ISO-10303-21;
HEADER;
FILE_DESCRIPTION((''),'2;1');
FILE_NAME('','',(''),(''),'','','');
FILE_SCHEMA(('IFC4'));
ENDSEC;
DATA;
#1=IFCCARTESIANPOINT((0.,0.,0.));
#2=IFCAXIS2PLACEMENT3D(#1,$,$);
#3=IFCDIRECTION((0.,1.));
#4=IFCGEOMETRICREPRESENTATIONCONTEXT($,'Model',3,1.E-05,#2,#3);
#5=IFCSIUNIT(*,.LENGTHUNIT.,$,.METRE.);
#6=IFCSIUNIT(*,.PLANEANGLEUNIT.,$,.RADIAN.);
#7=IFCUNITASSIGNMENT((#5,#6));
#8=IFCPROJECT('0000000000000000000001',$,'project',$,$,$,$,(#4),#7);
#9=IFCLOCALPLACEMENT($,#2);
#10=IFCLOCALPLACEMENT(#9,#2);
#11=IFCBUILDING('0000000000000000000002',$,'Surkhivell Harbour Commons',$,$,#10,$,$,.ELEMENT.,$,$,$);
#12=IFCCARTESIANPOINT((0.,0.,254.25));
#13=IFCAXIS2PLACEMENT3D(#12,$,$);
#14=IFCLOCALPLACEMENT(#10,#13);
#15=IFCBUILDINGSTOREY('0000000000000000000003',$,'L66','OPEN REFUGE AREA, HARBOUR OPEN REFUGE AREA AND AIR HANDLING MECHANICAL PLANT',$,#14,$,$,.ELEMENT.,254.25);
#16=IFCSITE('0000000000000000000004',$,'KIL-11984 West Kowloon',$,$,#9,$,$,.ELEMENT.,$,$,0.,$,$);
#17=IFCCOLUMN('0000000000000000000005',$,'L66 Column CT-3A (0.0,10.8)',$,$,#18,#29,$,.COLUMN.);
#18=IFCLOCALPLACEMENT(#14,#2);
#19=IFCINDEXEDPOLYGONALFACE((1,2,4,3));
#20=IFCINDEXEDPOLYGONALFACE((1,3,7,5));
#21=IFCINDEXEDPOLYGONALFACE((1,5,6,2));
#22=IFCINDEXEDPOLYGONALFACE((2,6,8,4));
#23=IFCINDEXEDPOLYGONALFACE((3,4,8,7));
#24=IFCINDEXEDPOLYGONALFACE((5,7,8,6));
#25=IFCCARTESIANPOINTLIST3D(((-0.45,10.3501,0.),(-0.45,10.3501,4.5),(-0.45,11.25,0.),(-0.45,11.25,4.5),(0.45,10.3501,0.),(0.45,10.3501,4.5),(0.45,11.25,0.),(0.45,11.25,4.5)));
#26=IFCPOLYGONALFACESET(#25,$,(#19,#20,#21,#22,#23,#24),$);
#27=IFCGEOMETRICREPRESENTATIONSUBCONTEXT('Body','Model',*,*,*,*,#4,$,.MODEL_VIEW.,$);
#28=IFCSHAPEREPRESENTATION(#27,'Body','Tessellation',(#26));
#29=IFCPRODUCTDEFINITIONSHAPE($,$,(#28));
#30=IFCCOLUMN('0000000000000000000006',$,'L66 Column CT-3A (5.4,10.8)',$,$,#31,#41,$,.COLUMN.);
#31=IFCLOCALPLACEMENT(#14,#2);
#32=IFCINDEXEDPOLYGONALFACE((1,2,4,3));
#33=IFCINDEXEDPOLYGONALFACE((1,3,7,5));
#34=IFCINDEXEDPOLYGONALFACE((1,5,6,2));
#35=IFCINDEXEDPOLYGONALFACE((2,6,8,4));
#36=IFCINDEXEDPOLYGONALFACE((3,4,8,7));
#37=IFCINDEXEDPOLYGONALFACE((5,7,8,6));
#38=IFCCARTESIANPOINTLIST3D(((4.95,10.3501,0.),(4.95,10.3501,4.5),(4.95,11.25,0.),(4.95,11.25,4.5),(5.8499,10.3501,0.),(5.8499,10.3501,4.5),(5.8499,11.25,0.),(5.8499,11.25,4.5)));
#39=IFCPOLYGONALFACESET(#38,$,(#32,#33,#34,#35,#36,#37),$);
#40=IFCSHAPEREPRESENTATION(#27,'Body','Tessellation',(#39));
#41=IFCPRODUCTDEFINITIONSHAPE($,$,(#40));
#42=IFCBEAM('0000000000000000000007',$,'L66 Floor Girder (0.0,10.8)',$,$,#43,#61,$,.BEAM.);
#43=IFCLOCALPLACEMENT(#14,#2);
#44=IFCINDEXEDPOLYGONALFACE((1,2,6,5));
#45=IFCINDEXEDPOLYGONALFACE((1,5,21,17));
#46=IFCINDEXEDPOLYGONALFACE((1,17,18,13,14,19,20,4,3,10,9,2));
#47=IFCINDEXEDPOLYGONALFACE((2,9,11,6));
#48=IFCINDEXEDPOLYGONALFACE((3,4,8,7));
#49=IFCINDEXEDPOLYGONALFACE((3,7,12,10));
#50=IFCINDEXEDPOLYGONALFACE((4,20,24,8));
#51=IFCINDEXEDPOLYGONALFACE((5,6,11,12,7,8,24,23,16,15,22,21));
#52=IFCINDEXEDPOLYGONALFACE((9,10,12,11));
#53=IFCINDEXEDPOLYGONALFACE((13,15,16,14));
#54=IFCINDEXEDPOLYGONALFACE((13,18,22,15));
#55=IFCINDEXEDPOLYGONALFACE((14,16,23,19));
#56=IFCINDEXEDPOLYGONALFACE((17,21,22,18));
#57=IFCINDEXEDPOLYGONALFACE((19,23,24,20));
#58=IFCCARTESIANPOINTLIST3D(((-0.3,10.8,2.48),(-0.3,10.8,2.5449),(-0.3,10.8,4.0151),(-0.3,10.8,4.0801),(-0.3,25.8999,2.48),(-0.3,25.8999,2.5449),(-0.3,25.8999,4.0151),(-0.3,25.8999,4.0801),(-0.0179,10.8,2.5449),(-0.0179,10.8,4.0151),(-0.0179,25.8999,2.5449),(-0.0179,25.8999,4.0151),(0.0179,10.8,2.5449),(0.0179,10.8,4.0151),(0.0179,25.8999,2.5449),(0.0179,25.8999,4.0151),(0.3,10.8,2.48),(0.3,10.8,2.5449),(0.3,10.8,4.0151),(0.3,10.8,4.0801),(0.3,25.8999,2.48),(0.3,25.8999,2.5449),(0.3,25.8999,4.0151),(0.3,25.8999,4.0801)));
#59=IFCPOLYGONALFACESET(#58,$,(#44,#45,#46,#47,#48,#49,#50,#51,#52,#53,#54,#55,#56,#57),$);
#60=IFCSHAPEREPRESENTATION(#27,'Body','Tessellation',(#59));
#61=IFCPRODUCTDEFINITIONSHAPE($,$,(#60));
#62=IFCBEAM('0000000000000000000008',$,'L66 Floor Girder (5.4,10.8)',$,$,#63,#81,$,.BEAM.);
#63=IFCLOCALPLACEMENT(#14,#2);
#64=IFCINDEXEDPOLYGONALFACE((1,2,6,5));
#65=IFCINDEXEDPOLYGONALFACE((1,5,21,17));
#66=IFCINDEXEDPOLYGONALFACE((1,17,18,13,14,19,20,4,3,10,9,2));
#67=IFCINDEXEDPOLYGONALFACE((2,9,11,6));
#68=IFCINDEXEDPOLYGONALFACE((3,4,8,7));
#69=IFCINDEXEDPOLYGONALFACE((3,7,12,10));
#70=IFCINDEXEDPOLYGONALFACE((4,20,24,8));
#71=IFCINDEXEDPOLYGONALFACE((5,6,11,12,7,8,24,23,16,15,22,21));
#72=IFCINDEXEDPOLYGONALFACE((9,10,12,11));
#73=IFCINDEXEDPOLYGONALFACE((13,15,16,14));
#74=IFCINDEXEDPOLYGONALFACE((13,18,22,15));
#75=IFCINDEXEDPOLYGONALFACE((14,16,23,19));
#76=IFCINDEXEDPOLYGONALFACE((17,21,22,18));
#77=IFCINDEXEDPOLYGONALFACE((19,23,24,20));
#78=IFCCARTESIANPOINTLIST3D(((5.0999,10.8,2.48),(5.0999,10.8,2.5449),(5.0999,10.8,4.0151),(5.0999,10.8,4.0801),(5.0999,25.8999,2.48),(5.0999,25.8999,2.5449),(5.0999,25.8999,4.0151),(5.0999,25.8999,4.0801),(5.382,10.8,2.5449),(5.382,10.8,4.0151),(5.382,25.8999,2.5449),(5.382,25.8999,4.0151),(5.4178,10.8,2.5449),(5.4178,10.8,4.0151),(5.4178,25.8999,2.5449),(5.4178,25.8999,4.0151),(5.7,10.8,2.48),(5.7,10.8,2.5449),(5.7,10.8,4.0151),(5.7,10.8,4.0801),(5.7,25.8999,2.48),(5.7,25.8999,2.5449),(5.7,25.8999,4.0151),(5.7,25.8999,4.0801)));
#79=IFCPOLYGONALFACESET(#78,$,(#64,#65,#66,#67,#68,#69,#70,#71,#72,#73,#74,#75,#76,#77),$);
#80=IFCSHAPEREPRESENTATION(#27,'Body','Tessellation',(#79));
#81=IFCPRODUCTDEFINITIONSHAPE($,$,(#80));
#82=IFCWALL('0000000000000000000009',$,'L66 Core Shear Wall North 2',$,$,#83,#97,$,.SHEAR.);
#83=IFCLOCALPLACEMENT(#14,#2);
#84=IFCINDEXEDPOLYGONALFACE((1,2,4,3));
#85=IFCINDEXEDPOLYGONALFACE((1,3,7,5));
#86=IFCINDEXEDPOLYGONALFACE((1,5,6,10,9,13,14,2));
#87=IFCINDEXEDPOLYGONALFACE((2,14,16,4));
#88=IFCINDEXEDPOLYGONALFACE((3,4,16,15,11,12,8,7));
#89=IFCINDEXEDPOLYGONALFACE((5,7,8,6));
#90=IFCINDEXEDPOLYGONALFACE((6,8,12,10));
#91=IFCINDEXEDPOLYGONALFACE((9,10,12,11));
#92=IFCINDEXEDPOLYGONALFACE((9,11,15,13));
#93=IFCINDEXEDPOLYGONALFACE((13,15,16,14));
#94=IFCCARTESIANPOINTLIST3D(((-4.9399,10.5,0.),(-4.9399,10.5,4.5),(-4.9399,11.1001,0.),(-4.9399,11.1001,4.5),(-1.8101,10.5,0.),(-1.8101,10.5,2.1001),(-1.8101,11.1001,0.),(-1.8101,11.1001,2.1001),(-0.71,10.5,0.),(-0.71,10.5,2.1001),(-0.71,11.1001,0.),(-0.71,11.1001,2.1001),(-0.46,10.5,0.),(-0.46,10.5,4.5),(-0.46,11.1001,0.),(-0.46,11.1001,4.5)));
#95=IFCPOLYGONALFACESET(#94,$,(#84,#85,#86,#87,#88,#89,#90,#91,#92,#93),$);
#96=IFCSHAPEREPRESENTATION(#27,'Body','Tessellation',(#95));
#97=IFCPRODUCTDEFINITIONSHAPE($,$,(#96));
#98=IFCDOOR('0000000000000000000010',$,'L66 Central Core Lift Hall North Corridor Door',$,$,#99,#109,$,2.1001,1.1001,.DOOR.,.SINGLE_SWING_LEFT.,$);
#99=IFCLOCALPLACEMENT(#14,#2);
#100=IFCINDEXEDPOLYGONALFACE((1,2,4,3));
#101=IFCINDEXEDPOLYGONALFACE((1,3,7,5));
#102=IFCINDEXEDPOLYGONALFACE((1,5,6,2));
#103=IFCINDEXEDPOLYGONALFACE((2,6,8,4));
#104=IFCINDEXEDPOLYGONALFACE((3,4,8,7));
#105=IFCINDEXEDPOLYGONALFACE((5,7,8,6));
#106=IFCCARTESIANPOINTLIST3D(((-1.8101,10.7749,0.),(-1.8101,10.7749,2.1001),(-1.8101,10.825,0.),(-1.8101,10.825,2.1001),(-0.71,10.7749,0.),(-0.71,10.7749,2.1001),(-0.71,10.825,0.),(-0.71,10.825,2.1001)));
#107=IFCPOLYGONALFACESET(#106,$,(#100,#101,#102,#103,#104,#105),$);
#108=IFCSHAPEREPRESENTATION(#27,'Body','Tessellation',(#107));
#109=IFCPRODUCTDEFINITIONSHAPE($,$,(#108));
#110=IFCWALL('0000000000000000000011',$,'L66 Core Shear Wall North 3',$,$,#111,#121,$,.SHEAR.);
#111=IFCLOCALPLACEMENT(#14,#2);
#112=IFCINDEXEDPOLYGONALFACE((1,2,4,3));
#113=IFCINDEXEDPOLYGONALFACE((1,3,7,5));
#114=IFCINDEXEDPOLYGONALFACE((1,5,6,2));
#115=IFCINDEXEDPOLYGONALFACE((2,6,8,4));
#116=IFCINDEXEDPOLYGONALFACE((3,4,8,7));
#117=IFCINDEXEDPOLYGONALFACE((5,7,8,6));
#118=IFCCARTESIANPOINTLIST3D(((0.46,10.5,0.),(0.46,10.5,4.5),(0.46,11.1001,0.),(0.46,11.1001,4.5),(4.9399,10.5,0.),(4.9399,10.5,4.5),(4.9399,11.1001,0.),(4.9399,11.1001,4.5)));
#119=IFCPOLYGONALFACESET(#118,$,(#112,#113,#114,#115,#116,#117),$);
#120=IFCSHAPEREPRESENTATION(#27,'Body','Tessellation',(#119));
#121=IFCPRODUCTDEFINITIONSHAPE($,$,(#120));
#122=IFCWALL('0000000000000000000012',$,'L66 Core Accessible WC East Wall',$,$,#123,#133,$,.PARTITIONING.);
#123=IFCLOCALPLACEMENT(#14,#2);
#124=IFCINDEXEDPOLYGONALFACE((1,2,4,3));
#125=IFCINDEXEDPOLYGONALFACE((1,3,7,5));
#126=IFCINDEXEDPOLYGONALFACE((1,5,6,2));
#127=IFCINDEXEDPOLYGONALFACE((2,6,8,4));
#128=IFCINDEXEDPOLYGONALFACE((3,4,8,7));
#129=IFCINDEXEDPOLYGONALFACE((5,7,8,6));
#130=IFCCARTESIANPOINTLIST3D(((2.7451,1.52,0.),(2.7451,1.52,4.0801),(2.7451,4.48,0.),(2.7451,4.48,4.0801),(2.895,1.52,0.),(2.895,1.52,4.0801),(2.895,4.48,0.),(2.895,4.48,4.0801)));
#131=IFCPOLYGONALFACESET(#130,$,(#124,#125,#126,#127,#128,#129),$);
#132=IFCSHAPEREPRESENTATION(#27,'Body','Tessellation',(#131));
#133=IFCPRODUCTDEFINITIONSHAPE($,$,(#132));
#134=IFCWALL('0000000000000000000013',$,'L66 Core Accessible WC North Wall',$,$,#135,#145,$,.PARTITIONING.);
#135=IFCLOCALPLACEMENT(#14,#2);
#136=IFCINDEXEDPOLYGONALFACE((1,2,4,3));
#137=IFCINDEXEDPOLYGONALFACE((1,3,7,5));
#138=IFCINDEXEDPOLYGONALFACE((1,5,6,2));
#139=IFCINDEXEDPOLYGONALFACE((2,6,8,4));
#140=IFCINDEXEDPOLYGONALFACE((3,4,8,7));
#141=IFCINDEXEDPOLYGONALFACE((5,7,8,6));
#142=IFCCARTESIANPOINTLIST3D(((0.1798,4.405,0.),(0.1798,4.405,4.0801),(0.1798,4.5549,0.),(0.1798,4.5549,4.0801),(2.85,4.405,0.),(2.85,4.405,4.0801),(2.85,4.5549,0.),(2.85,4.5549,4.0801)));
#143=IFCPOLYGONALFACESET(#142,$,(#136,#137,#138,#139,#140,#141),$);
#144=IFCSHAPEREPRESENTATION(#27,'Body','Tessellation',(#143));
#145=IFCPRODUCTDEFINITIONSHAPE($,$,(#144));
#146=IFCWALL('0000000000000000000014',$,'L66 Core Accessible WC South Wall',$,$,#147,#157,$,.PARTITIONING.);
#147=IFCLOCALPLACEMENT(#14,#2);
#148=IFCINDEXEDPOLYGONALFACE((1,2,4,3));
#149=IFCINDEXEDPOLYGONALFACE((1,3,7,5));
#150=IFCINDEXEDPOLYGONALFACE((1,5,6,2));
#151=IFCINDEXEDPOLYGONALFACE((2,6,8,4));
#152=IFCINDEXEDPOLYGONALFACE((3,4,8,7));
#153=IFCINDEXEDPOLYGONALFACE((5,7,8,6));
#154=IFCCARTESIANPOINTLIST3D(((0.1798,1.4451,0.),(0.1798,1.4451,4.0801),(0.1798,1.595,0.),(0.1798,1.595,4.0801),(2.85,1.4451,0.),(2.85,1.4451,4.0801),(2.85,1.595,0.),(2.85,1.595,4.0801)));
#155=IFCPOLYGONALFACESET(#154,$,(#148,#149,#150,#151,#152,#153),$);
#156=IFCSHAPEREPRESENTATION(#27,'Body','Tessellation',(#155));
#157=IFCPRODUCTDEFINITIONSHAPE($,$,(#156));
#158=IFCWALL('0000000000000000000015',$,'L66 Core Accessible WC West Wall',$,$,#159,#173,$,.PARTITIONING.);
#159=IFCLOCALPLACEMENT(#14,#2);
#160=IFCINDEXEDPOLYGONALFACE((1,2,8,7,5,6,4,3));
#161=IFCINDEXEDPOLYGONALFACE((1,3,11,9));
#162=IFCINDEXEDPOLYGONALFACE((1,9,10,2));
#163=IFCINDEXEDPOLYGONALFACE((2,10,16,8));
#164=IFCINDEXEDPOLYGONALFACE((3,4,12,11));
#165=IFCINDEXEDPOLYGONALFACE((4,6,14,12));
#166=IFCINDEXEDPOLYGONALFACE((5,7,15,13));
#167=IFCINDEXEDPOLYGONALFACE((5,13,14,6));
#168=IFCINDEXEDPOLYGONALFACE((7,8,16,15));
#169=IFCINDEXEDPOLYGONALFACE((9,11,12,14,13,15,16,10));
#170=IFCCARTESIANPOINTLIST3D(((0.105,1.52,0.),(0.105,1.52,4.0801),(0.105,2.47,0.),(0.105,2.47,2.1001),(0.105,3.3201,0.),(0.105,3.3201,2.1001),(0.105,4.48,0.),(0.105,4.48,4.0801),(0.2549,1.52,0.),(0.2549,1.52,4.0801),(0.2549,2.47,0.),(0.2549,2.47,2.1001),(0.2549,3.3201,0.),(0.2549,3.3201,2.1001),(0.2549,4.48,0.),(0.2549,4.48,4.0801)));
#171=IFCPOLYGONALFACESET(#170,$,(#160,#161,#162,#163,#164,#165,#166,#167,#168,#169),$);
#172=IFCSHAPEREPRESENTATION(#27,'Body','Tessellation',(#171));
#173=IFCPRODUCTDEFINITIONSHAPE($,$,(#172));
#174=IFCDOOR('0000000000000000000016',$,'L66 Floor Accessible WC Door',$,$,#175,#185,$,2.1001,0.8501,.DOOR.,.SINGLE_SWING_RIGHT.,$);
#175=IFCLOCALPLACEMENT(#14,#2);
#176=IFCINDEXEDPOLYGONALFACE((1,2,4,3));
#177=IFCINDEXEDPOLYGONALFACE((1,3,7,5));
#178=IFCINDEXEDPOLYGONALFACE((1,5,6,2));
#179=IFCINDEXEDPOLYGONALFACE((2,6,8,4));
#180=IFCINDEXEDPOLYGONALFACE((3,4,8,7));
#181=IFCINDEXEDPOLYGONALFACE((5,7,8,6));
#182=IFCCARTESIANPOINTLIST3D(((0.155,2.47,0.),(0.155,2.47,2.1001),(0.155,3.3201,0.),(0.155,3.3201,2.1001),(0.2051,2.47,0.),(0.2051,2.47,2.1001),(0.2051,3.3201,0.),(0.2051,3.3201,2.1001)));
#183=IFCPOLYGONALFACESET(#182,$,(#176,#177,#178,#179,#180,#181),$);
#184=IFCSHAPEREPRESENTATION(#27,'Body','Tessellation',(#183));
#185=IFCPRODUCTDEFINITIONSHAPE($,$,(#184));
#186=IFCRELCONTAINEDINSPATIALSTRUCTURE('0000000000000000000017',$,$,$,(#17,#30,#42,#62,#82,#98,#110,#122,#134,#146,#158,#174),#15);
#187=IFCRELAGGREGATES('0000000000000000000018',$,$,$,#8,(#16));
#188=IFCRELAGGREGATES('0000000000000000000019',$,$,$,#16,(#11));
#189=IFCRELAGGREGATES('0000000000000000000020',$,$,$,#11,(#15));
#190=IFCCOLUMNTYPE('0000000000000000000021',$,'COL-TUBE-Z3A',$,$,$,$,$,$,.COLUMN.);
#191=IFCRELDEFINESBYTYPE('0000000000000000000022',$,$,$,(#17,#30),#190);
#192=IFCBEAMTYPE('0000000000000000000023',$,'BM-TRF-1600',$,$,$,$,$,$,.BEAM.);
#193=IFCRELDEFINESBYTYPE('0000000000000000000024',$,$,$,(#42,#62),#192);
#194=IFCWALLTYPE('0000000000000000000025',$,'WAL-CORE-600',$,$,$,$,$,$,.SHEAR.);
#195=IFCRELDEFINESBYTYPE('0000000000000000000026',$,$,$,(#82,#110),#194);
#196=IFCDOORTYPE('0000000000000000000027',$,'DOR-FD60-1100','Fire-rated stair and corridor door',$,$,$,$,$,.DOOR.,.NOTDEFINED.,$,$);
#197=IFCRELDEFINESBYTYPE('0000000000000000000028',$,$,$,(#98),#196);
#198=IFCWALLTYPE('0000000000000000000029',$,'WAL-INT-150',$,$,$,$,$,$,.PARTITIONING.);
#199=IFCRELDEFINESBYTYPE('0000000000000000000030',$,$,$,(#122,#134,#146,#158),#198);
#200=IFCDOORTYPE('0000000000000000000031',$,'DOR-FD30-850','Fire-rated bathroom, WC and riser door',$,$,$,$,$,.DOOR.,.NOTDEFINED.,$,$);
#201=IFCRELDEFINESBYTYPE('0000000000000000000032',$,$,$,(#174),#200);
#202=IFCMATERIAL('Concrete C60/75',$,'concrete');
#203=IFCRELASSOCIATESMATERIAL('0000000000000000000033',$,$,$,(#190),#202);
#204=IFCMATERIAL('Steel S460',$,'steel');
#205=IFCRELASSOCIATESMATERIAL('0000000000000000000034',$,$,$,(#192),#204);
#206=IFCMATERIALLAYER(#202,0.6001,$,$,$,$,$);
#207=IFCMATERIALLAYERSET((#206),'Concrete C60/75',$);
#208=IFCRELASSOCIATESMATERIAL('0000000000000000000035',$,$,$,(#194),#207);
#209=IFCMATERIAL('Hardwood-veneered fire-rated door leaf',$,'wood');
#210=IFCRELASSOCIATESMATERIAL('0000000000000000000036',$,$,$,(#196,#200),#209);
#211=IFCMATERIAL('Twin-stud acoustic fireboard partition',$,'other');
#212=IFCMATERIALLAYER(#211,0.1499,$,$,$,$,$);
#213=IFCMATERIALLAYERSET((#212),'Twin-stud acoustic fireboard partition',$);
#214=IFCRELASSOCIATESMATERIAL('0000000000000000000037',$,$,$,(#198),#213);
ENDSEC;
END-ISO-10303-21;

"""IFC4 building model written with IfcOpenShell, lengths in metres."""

from ifc_helpers import new_model, si_unit, direction, frame, frame_2d, origin, origin_2d, place, context, subcontext, project, spatial, rectangle, i_section, extrude, material, layer, layer_set, material_profile, profile_set, type_object, element, fill, save


model = new_model("IFC4")

# Units and contexts
model_context = context("Model", 3, precision=1e-05, world=origin(), true_north=direction((0.0, 1.0)))
body_context = subcontext(model_context, "Body", "Model", "MODEL_VIEW")
ifc_project = project(units=[si_unit("LENGTHUNIT", "METRE"), si_unit("PLANEANGLEUNIT", "RADIAN")], contexts=[model_context])

# Site, building, storey
site_placement = place(None, origin())
site = spatial("IfcSite", under=ifc_project, at=site_placement, Name="KIL-11984 West Kowloon", CompositionType="ELEMENT", RefElevation=0.0)
building_placement = place(site_placement, origin())
building = spatial("IfcBuilding", under=site, at=building_placement, Name="Surkhivell Harbour Commons", CompositionType="ELEMENT")
storey_placement = place(building_placement, frame((0.0, 0.0, 254.25)))
storey = spatial("IfcBuildingStorey", under=building, at=storey_placement, Name="L66", Description="OPEN REFUGE AREA, HARBOUR OPEN REFUGE AREA AND AIR HANDLING MECHANICAL PLANT", CompositionType="ELEMENT", Elevation=254.25)

# Columns
ifc_material_1 = material(Name="Concrete C60/75", Category="concrete")
ifc_material_profile_1 = material_profile(ifc_material_1, rectangle(XDim=0.8999, YDim=0.8999, at=origin_2d()), Name="RC-COL-900x900")
ifc_profile_set_1 = profile_set([ifc_material_profile_1], Name="Concrete C60/75")
column_type = type_object("IfcColumnType", Name="COL-TUBE-Z3A", PredefinedType="COLUMN", material=ifc_profile_set_1)
for number, where, z_axis, x_axis, name in (
    (1, (0.0, 10.8, 0.0), (0.0, 0.0, 1.0), (1.0, 0.0, 0.0), "L66 Column CT-3A (0.0,10.8)"),
    (2, (5.3999, 10.8, 0.0), (0.0, 0.0, 1.0), (1.0, 0.0, 0.0), "L66 Column CT-3A (5.4,10.8)"),
):
    element("IfcColumn", number, at=place(storey_placement, frame(where, z_axis=z_axis, x_axis=x_axis)), inside=storey, type_object=column_type, Name=name, PredefinedType="COLUMN", context=body_context, shape_type="SweptSolid", body=[
        extrude(rectangle(XDim=0.8999, YDim=0.8999, at=origin_2d()), origin(), (0.0, 0.0, 1.0), 4.5),
    ])

# Beams
ifc_material_2 = material(Name="Steel S460", Category="steel")
ifc_material_profile_2 = material_profile(ifc_material_2, i_section(OverallWidth=0.6001, OverallDepth=1.6001, WebThickness=0.0359, FlangeThickness=0.0649, at=origin_2d()), Name="WPG1600x600x296")
ifc_profile_set_2 = profile_set([ifc_material_profile_2], Name="Steel S460")
beam_type = type_object("IfcBeamType", Name="BM-TRF-1600", PredefinedType="BEAM", material=ifc_profile_set_2)
for number, where, z_axis, x_axis, name in (
    (3, (0.0, 10.8, 3.28), (0.0, 1.0, 0.0), (-1.0, 0.0, 0.0), "L66 Floor Girder (0.0,10.8)"),
    (4, (5.3999, 10.8, 3.28), (0.0, 1.0, 0.0), (-1.0, 0.0, 0.0), "L66 Floor Girder (5.4,10.8)"),
):
    element("IfcBeam", number, at=place(storey_placement, frame(where, z_axis=z_axis, x_axis=x_axis)), inside=storey, type_object=beam_type, Name=name, PredefinedType="BEAM", context=body_context, shape_type="SweptSolid", body=[
        extrude(i_section(OverallWidth=0.6001, OverallDepth=1.6001, WebThickness=0.0359, FlangeThickness=0.0649, at=origin_2d()), origin(), (0.0, 0.0, 1.0), 15.0999),
    ])

# Wall, opening, door
ifc_layer_1 = layer(ifc_material_1, 0.6001)
ifc_layer_set_1 = layer_set([ifc_layer_1], Name="Concrete C60/75")
wall_type_1 = type_object("IfcWallType", Name="WAL-CORE-600", PredefinedType="SHEAR", material=ifc_layer_set_1)
wall_1_placement = place(storey_placement, frame((-4.9399, 10.8, 0.0), z_axis=(0.0, 0.0, 1.0), x_axis=(1.0, 0.0, 0.0)))
wall_1 = element("IfcWall", 5, at=wall_1_placement, inside=storey, type_object=wall_type_1, Name="L66 Core Shear Wall North 2", PredefinedType="SHEAR", context=body_context, shape_type="SweptSolid", body=[
    extrude(rectangle(XDim=4.48, YDim=0.6001, at=frame_2d((2.24, 0.0))), origin(), (0.0, 0.0, 1.0), 4.5),
])
opening_1_placement = place(wall_1_placement, frame((3.1299, 0.0, 0.0)))
opening_1 = element("IfcOpeningElement", 6, at=opening_1_placement, cuts=wall_1, PredefinedType="OPENING", context=body_context, shape_type="SweptSolid", body=[
    extrude(rectangle(XDim=1.1001, YDim=2.1001, at=frame_2d((0.55, 1.05))), frame((0.0, 0.3101, 0.0), z_axis=(0.0, -1.0, 0.0), x_axis=(1.0, 0.0, 0.0)), (0.0, 0.0, 1.0), 0.6201),
])
ifc_material_3 = material(Name="Hardwood-veneered fire-rated door leaf", Category="wood")
door_type_1 = type_object("IfcDoorType", Name="DOR-FD60-1100", Description="Fire-rated stair and corridor door", OperationType="NOTDEFINED", PredefinedType="DOOR", material=ifc_material_3)
door_1_placement = place(opening_1_placement, origin())
door_1 = element("IfcDoor", 7, at=door_1_placement, inside=storey, type_object=door_type_1, Name="L66 Central Core Lift Hall North Corridor Door", OperationType="SINGLE_SWING_LEFT", OverallHeight=2.1001, OverallWidth=1.1001, PredefinedType="DOOR", context=body_context, shape_type="SweptSolid", body=[
    extrude(rectangle(XDim=1.1001, YDim=2.1001, at=frame_2d((0.55, 1.05))), frame((0.0, 0.0249, 0.0), z_axis=(0.0, -1.0, 0.0), x_axis=(1.0, 0.0, 0.0)), (0.0, 0.0, 1.0), 0.05),
])
fill(opening_1, door_1)

# Walls
wall_2_placement = place(storey_placement, frame((0.46, 10.8, 0.0), z_axis=(0.0, 0.0, 1.0), x_axis=(1.0, 0.0, 0.0)))
element("IfcWall", 8, at=wall_2_placement, inside=storey, type_object=wall_type_1, Name="L66 Core Shear Wall North 3", PredefinedType="SHEAR", context=body_context, shape_type="SweptSolid", body=[
    extrude(rectangle(XDim=4.48, YDim=0.6001, at=frame_2d((2.24, 0.0))), origin(), (0.0, 0.0, 1.0), 4.5),
])
ifc_material_4 = material(Name="Twin-stud acoustic fireboard partition", Category="other")
ifc_layer_2 = layer(ifc_material_4, 0.1499)
ifc_layer_set_2 = layer_set([ifc_layer_2], Name="Twin-stud acoustic fireboard partition")
wall_type_2 = type_object("IfcWallType", Name="WAL-INT-150", PredefinedType="PARTITIONING", material=ifc_layer_set_2)
wall_3_placement = place(storey_placement, frame((2.8201, 1.52, 0.0), z_axis=(0.0, 0.0, 1.0), x_axis=(0.0, 1.0, 0.0)))
element("IfcWall", 9, at=wall_3_placement, inside=storey, type_object=wall_type_2, Name="L66 Core Accessible WC East Wall", PredefinedType="PARTITIONING", context=body_context, shape_type="SweptSolid", body=[
    extrude(rectangle(XDim=2.96, YDim=0.1499, at=frame_2d((1.48, 0.0))), origin(), (0.0, 0.0, 1.0), 4.0801),
])
for number, where, z_axis, x_axis, name in (
    (10, (0.1799, 4.48, 0.0), (0.0, 0.0, 1.0), (1.0, 0.0, 0.0), "L66 Core Accessible WC North Wall"),
    (11, (0.1799, 1.52, 0.0), (0.0, 0.0, 1.0), (1.0, 0.0, 0.0), "L66 Core Accessible WC South Wall"),
):
    element("IfcWall", number, at=place(storey_placement, frame(where, z_axis=z_axis, x_axis=x_axis)), inside=storey, type_object=wall_type_2, Name=name, PredefinedType="PARTITIONING", context=body_context, shape_type="SweptSolid", body=[
        extrude(rectangle(XDim=2.6702, YDim=0.1499, at=frame_2d((1.335, 0.0))), origin(), (0.0, 0.0, 1.0), 4.0801),
    ])

# Wall, opening, door
wall_4_placement = place(storey_placement, frame((0.1799, 1.52, 0.0), z_axis=(0.0, 0.0, 1.0), x_axis=(0.0, 1.0, 0.0)))
wall_4 = element("IfcWall", 12, at=wall_4_placement, inside=storey, type_object=wall_type_2, Name="L66 Core Accessible WC West Wall", PredefinedType="PARTITIONING", context=body_context, shape_type="SweptSolid", body=[
    extrude(rectangle(XDim=2.96, YDim=0.1499, at=frame_2d((1.48, 0.0))), origin(), (0.0, 0.0, 1.0), 4.0801),
])
opening_2_placement = place(wall_4_placement, frame((0.95, 0.0, 0.0)))
opening_2 = element("IfcOpeningElement", 13, at=opening_2_placement, cuts=wall_4, PredefinedType="OPENING", context=body_context, shape_type="SweptSolid", body=[
    extrude(rectangle(XDim=0.8501, YDim=2.1001, at=frame_2d((0.425, 1.05))), frame((0.0, 0.085, 0.0), z_axis=(0.0, -1.0, 0.0), x_axis=(1.0, 0.0, 0.0)), (0.0, 0.0, 1.0), 0.1699),
])
door_type_2 = type_object("IfcDoorType", Name="DOR-FD30-850", Description="Fire-rated bathroom, WC and riser door", OperationType="NOTDEFINED", PredefinedType="DOOR", material=ifc_material_3)
door_2_placement = place(opening_2_placement, origin())
door_2 = element("IfcDoor", 14, at=door_2_placement, inside=storey, type_object=door_type_2, Name="L66 Floor Accessible WC Door", OperationType="SINGLE_SWING_RIGHT", OverallHeight=2.1001, OverallWidth=0.8501, PredefinedType="DOOR", context=body_context, shape_type="SweptSolid", body=[
    extrude(rectangle(XDim=0.8501, YDim=2.1001, at=frame_2d((0.425, 1.05))), frame((0.0, 0.0249, 0.0), z_axis=(0.0, -1.0, 0.0), x_axis=(1.0, 0.0, 0.0)), (0.0, 0.0, 1.0), 0.05),
])
fill(opening_2, door_2)

save(model, "model.ifc")
